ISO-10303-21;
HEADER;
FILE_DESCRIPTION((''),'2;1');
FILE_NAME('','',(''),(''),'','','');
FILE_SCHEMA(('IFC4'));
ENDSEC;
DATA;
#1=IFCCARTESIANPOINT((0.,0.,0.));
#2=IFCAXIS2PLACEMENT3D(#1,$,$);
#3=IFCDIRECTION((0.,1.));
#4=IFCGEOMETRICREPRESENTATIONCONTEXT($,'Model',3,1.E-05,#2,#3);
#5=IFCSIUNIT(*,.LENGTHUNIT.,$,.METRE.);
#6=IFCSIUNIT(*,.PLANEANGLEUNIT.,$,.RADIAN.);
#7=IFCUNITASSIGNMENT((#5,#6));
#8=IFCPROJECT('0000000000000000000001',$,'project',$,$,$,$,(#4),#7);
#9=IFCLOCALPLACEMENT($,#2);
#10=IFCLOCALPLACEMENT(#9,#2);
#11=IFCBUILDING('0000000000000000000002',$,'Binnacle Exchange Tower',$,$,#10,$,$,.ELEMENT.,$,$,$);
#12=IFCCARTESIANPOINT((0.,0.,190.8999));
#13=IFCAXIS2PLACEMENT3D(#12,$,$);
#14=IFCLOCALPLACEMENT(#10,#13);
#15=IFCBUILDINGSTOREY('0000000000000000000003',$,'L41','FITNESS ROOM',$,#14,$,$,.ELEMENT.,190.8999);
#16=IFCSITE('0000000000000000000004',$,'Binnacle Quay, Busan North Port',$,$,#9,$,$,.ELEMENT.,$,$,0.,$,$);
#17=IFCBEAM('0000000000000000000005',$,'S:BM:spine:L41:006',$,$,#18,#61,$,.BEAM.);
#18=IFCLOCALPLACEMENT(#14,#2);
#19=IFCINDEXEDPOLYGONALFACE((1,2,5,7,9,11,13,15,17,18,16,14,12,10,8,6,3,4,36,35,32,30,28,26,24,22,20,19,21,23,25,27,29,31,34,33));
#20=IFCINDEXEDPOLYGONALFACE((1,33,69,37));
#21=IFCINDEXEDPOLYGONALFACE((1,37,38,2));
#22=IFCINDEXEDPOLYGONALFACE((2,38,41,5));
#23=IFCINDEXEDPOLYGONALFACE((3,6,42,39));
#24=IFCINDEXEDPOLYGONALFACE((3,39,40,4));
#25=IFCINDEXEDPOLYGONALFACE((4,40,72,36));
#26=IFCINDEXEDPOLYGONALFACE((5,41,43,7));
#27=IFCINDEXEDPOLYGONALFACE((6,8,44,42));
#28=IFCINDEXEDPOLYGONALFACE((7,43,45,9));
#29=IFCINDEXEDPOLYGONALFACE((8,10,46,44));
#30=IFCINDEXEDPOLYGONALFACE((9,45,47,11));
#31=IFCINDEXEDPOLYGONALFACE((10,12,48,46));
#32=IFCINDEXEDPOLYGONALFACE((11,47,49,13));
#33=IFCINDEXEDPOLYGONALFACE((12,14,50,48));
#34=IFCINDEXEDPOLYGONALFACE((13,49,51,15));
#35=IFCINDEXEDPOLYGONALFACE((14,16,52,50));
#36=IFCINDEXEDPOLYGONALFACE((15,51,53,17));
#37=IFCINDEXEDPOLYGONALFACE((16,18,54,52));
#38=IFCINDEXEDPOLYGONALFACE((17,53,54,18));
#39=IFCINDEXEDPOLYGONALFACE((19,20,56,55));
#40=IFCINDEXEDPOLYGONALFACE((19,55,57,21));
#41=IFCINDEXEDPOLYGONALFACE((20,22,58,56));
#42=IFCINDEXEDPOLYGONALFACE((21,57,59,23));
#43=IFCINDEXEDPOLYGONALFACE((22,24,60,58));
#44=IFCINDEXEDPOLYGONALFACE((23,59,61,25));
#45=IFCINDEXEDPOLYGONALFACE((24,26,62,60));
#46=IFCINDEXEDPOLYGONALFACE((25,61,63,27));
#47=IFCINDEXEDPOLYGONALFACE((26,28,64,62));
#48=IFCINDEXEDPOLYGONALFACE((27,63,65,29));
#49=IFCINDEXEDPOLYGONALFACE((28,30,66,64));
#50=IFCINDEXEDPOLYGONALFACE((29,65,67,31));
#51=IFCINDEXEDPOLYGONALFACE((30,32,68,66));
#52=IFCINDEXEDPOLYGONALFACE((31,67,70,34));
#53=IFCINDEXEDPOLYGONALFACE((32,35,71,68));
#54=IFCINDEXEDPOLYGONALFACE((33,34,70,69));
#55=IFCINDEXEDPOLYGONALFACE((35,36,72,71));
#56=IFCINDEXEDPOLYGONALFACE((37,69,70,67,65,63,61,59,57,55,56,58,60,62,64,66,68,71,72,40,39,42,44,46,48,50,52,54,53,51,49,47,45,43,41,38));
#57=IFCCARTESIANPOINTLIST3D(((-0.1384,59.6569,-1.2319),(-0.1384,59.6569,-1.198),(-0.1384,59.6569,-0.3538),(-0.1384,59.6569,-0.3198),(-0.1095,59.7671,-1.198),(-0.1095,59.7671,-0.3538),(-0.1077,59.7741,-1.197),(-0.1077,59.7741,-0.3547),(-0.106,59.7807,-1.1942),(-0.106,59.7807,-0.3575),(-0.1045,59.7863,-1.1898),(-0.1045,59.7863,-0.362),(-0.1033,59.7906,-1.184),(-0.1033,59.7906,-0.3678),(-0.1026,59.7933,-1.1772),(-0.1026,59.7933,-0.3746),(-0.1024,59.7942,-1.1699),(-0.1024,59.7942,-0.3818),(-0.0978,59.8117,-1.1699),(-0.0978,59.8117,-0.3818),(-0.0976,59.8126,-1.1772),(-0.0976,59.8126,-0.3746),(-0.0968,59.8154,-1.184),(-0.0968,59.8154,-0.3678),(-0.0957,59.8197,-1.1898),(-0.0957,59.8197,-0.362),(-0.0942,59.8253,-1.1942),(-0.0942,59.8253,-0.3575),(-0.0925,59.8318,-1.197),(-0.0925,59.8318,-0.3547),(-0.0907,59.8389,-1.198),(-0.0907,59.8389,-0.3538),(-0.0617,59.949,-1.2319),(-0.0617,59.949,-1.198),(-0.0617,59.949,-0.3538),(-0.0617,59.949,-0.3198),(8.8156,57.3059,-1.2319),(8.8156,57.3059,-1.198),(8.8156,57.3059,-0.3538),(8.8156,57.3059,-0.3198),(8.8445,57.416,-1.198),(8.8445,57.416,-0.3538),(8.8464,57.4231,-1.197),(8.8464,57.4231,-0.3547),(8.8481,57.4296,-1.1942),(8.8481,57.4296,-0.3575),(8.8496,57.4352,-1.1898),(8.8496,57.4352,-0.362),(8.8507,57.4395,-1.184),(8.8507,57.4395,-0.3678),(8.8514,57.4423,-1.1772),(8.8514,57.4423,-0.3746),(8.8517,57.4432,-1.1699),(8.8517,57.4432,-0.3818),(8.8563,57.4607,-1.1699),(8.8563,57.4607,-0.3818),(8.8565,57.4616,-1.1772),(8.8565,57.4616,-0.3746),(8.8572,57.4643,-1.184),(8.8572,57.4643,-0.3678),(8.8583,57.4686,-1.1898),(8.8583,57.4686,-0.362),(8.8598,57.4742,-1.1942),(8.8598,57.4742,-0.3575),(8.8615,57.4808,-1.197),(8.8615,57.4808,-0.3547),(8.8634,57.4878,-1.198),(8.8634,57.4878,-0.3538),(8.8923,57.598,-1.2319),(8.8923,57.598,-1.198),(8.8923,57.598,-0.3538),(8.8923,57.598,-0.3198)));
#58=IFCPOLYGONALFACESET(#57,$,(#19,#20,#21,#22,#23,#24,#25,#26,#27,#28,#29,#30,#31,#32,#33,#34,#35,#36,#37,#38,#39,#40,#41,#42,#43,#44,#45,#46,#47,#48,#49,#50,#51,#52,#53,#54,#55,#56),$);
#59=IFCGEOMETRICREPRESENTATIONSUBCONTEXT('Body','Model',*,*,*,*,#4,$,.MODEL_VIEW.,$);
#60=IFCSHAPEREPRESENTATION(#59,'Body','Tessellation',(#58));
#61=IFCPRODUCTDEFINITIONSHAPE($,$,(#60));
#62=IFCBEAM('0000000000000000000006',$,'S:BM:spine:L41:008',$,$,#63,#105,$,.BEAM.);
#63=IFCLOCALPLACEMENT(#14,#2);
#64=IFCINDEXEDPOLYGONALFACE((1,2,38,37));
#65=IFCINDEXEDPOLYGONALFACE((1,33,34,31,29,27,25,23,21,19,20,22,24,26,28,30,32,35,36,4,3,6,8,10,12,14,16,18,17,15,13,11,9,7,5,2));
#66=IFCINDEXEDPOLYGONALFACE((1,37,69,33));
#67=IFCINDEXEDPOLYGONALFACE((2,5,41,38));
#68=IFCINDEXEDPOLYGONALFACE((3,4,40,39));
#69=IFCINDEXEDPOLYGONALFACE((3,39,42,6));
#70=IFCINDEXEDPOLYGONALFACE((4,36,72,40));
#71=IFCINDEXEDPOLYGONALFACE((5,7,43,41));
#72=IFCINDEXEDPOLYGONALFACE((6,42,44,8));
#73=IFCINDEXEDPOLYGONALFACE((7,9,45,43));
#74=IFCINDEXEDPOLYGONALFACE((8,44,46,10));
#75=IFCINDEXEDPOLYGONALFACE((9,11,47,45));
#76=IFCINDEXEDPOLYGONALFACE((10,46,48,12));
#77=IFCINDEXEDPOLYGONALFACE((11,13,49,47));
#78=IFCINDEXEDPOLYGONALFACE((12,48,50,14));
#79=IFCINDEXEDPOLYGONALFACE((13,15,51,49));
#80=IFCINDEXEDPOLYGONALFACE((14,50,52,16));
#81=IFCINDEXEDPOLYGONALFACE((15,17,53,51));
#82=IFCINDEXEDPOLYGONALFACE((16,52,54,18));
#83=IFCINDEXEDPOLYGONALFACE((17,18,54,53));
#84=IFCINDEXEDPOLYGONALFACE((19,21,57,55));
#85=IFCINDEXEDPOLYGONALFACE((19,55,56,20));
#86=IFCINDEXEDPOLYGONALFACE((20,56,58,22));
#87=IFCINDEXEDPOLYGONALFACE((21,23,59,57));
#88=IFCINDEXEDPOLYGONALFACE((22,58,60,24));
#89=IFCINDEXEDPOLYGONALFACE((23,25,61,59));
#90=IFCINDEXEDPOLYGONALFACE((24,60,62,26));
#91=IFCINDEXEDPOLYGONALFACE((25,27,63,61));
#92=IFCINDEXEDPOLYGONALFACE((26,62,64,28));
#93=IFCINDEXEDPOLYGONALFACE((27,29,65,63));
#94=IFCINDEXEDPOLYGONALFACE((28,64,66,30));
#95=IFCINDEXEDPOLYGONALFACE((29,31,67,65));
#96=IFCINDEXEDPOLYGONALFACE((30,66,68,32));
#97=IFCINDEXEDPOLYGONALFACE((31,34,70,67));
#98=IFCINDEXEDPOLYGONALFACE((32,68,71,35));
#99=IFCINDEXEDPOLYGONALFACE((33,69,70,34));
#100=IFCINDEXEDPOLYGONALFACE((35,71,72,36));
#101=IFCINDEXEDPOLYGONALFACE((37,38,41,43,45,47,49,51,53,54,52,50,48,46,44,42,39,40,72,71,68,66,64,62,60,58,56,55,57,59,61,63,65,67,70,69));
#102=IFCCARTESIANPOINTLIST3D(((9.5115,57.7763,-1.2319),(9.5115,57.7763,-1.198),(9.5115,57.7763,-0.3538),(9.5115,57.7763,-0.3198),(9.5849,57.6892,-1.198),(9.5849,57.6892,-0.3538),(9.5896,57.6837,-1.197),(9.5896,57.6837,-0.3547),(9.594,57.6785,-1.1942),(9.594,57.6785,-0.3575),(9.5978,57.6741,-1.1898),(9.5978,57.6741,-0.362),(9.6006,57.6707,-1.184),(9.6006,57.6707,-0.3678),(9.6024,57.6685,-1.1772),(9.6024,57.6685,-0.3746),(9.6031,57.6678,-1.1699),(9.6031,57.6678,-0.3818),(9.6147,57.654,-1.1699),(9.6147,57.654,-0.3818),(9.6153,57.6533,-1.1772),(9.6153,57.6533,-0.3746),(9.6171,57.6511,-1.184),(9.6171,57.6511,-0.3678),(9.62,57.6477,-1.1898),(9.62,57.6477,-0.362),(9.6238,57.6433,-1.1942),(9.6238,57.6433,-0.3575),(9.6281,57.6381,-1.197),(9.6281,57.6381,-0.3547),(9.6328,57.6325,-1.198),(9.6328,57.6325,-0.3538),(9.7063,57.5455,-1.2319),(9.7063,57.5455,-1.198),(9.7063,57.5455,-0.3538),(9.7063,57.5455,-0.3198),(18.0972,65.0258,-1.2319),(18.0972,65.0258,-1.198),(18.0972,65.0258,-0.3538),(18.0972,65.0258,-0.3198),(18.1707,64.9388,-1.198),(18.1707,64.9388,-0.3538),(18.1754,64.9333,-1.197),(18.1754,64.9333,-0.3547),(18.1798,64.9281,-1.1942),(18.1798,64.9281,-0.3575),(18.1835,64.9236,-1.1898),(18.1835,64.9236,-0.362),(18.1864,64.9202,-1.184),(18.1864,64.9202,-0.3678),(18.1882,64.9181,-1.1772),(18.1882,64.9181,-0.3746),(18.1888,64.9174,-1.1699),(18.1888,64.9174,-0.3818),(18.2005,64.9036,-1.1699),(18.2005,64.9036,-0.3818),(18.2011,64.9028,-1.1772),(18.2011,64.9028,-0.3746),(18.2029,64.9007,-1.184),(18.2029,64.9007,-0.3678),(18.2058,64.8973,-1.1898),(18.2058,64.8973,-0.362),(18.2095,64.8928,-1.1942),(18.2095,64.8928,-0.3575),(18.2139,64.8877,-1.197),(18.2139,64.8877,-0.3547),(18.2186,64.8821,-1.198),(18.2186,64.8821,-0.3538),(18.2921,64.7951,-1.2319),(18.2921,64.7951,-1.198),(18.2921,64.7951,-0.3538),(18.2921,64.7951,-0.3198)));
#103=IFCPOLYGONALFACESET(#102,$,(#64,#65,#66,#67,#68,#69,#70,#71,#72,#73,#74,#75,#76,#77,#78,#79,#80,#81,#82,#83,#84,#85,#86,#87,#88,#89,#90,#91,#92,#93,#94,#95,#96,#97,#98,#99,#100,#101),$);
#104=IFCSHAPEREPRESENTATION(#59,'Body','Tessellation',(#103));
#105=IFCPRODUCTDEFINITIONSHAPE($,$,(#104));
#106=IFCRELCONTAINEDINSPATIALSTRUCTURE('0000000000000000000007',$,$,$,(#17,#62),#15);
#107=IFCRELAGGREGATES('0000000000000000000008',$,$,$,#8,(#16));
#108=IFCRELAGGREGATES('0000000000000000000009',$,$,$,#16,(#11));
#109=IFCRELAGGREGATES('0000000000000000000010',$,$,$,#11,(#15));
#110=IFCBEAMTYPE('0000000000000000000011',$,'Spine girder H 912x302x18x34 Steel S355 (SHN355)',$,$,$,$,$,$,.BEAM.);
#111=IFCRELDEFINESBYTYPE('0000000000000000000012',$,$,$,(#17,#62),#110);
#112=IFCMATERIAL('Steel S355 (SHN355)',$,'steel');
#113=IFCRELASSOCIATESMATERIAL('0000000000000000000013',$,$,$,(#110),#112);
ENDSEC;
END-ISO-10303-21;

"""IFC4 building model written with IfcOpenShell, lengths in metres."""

from ifc_helpers import new_model, si_unit, direction, frame, origin, origin_2d, place, context, subcontext, project, spatial, i_section, extrude, material, material_profile, profile_set, type_object, element, save


model = new_model("IFC4")

# Units and contexts
model_context = context("Model", 3, precision=1e-05, world=origin(), true_north=direction((0.0, 1.0)))
body_context = subcontext(model_context, "Body", "Model", "MODEL_VIEW")
ifc_project = project(units=[si_unit("LENGTHUNIT", "METRE"), si_unit("PLANEANGLEUNIT", "RADIAN")], contexts=[model_context])

# Site, building, storey
site_placement = place(None, origin())
site = spatial("IfcSite", under=ifc_project, at=site_placement, Name="Binnacle Quay, Busan North Port", CompositionType="ELEMENT", RefElevation=0.0)
building_placement = place(site_placement, origin())
building = spatial("IfcBuilding", under=site, at=building_placement, Name="Binnacle Exchange Tower", CompositionType="ELEMENT")
storey_placement = place(building_placement, frame((0.0, 0.0, 190.8999)))
storey = spatial("IfcBuildingStorey", under=building, at=storey_placement, Name="L41", Description="FITNESS ROOM", CompositionType="ELEMENT", Elevation=190.8999)

# Beams
ifc_material_1 = material(Name="Steel S355 (SHN355)", Category="steel")
ifc_material_profile_1 = material_profile(ifc_material_1, i_section(OverallWidth=0.302, OverallDepth=0.9121, WebThickness=0.0181, FlangeThickness=0.0339, FilletRadius=0.0281, at=origin_2d()), Name="H 912x302x18x34")
ifc_profile_set_1 = profile_set([ifc_material_profile_1], Name="Steel S355 (SHN355)")
beam_type_1 = type_object("IfcBeamType", Name="Spine girder H 912x302x18x34 Steel S355 (SHN355)", PredefinedType="BEAM", material=ifc_profile_set_1)
beam_1_placement = place(storey_placement, frame((-0.1001, 59.803, -0.7759), z_axis=(0.967214, -0.253961, 0.0), x_axis=(0.253961, 0.967214, 0.0)))
element("IfcBeam", 1, at=beam_1_placement, inside=storey, type_object=beam_type_1, Name="S:BM:spine:L41:006", PredefinedType="BEAM", context=body_context, shape_type="SweptSolid", body=[
    extrude(i_section(OverallWidth=0.302, OverallDepth=0.9121, WebThickness=0.0181, FlangeThickness=0.0339, FilletRadius=0.0281, at=origin_2d()), origin(), (0.0, 0.0, 1.0), 9.2576),
])
beam_2_placement = place(storey_placement, frame((9.6089, 57.6609, -0.7759), z_axis=(0.764058, 0.645148, 0.0), x_axis=(-0.645148, 0.764058, 0.0)))
element("IfcBeam", 2, at=beam_2_placement, inside=storey, type_object=beam_type_1, Name="S:BM:spine:L41:008", PredefinedType="BEAM", context=body_context, shape_type="SweptSolid", body=[
    extrude(i_section(OverallWidth=0.302, OverallDepth=0.9121, WebThickness=0.0181, FlangeThickness=0.0339, FilletRadius=0.0281, at=origin_2d()), origin(), (0.0, 0.0, 1.0), 11.2371),
])

save(model, "model.ifc")
